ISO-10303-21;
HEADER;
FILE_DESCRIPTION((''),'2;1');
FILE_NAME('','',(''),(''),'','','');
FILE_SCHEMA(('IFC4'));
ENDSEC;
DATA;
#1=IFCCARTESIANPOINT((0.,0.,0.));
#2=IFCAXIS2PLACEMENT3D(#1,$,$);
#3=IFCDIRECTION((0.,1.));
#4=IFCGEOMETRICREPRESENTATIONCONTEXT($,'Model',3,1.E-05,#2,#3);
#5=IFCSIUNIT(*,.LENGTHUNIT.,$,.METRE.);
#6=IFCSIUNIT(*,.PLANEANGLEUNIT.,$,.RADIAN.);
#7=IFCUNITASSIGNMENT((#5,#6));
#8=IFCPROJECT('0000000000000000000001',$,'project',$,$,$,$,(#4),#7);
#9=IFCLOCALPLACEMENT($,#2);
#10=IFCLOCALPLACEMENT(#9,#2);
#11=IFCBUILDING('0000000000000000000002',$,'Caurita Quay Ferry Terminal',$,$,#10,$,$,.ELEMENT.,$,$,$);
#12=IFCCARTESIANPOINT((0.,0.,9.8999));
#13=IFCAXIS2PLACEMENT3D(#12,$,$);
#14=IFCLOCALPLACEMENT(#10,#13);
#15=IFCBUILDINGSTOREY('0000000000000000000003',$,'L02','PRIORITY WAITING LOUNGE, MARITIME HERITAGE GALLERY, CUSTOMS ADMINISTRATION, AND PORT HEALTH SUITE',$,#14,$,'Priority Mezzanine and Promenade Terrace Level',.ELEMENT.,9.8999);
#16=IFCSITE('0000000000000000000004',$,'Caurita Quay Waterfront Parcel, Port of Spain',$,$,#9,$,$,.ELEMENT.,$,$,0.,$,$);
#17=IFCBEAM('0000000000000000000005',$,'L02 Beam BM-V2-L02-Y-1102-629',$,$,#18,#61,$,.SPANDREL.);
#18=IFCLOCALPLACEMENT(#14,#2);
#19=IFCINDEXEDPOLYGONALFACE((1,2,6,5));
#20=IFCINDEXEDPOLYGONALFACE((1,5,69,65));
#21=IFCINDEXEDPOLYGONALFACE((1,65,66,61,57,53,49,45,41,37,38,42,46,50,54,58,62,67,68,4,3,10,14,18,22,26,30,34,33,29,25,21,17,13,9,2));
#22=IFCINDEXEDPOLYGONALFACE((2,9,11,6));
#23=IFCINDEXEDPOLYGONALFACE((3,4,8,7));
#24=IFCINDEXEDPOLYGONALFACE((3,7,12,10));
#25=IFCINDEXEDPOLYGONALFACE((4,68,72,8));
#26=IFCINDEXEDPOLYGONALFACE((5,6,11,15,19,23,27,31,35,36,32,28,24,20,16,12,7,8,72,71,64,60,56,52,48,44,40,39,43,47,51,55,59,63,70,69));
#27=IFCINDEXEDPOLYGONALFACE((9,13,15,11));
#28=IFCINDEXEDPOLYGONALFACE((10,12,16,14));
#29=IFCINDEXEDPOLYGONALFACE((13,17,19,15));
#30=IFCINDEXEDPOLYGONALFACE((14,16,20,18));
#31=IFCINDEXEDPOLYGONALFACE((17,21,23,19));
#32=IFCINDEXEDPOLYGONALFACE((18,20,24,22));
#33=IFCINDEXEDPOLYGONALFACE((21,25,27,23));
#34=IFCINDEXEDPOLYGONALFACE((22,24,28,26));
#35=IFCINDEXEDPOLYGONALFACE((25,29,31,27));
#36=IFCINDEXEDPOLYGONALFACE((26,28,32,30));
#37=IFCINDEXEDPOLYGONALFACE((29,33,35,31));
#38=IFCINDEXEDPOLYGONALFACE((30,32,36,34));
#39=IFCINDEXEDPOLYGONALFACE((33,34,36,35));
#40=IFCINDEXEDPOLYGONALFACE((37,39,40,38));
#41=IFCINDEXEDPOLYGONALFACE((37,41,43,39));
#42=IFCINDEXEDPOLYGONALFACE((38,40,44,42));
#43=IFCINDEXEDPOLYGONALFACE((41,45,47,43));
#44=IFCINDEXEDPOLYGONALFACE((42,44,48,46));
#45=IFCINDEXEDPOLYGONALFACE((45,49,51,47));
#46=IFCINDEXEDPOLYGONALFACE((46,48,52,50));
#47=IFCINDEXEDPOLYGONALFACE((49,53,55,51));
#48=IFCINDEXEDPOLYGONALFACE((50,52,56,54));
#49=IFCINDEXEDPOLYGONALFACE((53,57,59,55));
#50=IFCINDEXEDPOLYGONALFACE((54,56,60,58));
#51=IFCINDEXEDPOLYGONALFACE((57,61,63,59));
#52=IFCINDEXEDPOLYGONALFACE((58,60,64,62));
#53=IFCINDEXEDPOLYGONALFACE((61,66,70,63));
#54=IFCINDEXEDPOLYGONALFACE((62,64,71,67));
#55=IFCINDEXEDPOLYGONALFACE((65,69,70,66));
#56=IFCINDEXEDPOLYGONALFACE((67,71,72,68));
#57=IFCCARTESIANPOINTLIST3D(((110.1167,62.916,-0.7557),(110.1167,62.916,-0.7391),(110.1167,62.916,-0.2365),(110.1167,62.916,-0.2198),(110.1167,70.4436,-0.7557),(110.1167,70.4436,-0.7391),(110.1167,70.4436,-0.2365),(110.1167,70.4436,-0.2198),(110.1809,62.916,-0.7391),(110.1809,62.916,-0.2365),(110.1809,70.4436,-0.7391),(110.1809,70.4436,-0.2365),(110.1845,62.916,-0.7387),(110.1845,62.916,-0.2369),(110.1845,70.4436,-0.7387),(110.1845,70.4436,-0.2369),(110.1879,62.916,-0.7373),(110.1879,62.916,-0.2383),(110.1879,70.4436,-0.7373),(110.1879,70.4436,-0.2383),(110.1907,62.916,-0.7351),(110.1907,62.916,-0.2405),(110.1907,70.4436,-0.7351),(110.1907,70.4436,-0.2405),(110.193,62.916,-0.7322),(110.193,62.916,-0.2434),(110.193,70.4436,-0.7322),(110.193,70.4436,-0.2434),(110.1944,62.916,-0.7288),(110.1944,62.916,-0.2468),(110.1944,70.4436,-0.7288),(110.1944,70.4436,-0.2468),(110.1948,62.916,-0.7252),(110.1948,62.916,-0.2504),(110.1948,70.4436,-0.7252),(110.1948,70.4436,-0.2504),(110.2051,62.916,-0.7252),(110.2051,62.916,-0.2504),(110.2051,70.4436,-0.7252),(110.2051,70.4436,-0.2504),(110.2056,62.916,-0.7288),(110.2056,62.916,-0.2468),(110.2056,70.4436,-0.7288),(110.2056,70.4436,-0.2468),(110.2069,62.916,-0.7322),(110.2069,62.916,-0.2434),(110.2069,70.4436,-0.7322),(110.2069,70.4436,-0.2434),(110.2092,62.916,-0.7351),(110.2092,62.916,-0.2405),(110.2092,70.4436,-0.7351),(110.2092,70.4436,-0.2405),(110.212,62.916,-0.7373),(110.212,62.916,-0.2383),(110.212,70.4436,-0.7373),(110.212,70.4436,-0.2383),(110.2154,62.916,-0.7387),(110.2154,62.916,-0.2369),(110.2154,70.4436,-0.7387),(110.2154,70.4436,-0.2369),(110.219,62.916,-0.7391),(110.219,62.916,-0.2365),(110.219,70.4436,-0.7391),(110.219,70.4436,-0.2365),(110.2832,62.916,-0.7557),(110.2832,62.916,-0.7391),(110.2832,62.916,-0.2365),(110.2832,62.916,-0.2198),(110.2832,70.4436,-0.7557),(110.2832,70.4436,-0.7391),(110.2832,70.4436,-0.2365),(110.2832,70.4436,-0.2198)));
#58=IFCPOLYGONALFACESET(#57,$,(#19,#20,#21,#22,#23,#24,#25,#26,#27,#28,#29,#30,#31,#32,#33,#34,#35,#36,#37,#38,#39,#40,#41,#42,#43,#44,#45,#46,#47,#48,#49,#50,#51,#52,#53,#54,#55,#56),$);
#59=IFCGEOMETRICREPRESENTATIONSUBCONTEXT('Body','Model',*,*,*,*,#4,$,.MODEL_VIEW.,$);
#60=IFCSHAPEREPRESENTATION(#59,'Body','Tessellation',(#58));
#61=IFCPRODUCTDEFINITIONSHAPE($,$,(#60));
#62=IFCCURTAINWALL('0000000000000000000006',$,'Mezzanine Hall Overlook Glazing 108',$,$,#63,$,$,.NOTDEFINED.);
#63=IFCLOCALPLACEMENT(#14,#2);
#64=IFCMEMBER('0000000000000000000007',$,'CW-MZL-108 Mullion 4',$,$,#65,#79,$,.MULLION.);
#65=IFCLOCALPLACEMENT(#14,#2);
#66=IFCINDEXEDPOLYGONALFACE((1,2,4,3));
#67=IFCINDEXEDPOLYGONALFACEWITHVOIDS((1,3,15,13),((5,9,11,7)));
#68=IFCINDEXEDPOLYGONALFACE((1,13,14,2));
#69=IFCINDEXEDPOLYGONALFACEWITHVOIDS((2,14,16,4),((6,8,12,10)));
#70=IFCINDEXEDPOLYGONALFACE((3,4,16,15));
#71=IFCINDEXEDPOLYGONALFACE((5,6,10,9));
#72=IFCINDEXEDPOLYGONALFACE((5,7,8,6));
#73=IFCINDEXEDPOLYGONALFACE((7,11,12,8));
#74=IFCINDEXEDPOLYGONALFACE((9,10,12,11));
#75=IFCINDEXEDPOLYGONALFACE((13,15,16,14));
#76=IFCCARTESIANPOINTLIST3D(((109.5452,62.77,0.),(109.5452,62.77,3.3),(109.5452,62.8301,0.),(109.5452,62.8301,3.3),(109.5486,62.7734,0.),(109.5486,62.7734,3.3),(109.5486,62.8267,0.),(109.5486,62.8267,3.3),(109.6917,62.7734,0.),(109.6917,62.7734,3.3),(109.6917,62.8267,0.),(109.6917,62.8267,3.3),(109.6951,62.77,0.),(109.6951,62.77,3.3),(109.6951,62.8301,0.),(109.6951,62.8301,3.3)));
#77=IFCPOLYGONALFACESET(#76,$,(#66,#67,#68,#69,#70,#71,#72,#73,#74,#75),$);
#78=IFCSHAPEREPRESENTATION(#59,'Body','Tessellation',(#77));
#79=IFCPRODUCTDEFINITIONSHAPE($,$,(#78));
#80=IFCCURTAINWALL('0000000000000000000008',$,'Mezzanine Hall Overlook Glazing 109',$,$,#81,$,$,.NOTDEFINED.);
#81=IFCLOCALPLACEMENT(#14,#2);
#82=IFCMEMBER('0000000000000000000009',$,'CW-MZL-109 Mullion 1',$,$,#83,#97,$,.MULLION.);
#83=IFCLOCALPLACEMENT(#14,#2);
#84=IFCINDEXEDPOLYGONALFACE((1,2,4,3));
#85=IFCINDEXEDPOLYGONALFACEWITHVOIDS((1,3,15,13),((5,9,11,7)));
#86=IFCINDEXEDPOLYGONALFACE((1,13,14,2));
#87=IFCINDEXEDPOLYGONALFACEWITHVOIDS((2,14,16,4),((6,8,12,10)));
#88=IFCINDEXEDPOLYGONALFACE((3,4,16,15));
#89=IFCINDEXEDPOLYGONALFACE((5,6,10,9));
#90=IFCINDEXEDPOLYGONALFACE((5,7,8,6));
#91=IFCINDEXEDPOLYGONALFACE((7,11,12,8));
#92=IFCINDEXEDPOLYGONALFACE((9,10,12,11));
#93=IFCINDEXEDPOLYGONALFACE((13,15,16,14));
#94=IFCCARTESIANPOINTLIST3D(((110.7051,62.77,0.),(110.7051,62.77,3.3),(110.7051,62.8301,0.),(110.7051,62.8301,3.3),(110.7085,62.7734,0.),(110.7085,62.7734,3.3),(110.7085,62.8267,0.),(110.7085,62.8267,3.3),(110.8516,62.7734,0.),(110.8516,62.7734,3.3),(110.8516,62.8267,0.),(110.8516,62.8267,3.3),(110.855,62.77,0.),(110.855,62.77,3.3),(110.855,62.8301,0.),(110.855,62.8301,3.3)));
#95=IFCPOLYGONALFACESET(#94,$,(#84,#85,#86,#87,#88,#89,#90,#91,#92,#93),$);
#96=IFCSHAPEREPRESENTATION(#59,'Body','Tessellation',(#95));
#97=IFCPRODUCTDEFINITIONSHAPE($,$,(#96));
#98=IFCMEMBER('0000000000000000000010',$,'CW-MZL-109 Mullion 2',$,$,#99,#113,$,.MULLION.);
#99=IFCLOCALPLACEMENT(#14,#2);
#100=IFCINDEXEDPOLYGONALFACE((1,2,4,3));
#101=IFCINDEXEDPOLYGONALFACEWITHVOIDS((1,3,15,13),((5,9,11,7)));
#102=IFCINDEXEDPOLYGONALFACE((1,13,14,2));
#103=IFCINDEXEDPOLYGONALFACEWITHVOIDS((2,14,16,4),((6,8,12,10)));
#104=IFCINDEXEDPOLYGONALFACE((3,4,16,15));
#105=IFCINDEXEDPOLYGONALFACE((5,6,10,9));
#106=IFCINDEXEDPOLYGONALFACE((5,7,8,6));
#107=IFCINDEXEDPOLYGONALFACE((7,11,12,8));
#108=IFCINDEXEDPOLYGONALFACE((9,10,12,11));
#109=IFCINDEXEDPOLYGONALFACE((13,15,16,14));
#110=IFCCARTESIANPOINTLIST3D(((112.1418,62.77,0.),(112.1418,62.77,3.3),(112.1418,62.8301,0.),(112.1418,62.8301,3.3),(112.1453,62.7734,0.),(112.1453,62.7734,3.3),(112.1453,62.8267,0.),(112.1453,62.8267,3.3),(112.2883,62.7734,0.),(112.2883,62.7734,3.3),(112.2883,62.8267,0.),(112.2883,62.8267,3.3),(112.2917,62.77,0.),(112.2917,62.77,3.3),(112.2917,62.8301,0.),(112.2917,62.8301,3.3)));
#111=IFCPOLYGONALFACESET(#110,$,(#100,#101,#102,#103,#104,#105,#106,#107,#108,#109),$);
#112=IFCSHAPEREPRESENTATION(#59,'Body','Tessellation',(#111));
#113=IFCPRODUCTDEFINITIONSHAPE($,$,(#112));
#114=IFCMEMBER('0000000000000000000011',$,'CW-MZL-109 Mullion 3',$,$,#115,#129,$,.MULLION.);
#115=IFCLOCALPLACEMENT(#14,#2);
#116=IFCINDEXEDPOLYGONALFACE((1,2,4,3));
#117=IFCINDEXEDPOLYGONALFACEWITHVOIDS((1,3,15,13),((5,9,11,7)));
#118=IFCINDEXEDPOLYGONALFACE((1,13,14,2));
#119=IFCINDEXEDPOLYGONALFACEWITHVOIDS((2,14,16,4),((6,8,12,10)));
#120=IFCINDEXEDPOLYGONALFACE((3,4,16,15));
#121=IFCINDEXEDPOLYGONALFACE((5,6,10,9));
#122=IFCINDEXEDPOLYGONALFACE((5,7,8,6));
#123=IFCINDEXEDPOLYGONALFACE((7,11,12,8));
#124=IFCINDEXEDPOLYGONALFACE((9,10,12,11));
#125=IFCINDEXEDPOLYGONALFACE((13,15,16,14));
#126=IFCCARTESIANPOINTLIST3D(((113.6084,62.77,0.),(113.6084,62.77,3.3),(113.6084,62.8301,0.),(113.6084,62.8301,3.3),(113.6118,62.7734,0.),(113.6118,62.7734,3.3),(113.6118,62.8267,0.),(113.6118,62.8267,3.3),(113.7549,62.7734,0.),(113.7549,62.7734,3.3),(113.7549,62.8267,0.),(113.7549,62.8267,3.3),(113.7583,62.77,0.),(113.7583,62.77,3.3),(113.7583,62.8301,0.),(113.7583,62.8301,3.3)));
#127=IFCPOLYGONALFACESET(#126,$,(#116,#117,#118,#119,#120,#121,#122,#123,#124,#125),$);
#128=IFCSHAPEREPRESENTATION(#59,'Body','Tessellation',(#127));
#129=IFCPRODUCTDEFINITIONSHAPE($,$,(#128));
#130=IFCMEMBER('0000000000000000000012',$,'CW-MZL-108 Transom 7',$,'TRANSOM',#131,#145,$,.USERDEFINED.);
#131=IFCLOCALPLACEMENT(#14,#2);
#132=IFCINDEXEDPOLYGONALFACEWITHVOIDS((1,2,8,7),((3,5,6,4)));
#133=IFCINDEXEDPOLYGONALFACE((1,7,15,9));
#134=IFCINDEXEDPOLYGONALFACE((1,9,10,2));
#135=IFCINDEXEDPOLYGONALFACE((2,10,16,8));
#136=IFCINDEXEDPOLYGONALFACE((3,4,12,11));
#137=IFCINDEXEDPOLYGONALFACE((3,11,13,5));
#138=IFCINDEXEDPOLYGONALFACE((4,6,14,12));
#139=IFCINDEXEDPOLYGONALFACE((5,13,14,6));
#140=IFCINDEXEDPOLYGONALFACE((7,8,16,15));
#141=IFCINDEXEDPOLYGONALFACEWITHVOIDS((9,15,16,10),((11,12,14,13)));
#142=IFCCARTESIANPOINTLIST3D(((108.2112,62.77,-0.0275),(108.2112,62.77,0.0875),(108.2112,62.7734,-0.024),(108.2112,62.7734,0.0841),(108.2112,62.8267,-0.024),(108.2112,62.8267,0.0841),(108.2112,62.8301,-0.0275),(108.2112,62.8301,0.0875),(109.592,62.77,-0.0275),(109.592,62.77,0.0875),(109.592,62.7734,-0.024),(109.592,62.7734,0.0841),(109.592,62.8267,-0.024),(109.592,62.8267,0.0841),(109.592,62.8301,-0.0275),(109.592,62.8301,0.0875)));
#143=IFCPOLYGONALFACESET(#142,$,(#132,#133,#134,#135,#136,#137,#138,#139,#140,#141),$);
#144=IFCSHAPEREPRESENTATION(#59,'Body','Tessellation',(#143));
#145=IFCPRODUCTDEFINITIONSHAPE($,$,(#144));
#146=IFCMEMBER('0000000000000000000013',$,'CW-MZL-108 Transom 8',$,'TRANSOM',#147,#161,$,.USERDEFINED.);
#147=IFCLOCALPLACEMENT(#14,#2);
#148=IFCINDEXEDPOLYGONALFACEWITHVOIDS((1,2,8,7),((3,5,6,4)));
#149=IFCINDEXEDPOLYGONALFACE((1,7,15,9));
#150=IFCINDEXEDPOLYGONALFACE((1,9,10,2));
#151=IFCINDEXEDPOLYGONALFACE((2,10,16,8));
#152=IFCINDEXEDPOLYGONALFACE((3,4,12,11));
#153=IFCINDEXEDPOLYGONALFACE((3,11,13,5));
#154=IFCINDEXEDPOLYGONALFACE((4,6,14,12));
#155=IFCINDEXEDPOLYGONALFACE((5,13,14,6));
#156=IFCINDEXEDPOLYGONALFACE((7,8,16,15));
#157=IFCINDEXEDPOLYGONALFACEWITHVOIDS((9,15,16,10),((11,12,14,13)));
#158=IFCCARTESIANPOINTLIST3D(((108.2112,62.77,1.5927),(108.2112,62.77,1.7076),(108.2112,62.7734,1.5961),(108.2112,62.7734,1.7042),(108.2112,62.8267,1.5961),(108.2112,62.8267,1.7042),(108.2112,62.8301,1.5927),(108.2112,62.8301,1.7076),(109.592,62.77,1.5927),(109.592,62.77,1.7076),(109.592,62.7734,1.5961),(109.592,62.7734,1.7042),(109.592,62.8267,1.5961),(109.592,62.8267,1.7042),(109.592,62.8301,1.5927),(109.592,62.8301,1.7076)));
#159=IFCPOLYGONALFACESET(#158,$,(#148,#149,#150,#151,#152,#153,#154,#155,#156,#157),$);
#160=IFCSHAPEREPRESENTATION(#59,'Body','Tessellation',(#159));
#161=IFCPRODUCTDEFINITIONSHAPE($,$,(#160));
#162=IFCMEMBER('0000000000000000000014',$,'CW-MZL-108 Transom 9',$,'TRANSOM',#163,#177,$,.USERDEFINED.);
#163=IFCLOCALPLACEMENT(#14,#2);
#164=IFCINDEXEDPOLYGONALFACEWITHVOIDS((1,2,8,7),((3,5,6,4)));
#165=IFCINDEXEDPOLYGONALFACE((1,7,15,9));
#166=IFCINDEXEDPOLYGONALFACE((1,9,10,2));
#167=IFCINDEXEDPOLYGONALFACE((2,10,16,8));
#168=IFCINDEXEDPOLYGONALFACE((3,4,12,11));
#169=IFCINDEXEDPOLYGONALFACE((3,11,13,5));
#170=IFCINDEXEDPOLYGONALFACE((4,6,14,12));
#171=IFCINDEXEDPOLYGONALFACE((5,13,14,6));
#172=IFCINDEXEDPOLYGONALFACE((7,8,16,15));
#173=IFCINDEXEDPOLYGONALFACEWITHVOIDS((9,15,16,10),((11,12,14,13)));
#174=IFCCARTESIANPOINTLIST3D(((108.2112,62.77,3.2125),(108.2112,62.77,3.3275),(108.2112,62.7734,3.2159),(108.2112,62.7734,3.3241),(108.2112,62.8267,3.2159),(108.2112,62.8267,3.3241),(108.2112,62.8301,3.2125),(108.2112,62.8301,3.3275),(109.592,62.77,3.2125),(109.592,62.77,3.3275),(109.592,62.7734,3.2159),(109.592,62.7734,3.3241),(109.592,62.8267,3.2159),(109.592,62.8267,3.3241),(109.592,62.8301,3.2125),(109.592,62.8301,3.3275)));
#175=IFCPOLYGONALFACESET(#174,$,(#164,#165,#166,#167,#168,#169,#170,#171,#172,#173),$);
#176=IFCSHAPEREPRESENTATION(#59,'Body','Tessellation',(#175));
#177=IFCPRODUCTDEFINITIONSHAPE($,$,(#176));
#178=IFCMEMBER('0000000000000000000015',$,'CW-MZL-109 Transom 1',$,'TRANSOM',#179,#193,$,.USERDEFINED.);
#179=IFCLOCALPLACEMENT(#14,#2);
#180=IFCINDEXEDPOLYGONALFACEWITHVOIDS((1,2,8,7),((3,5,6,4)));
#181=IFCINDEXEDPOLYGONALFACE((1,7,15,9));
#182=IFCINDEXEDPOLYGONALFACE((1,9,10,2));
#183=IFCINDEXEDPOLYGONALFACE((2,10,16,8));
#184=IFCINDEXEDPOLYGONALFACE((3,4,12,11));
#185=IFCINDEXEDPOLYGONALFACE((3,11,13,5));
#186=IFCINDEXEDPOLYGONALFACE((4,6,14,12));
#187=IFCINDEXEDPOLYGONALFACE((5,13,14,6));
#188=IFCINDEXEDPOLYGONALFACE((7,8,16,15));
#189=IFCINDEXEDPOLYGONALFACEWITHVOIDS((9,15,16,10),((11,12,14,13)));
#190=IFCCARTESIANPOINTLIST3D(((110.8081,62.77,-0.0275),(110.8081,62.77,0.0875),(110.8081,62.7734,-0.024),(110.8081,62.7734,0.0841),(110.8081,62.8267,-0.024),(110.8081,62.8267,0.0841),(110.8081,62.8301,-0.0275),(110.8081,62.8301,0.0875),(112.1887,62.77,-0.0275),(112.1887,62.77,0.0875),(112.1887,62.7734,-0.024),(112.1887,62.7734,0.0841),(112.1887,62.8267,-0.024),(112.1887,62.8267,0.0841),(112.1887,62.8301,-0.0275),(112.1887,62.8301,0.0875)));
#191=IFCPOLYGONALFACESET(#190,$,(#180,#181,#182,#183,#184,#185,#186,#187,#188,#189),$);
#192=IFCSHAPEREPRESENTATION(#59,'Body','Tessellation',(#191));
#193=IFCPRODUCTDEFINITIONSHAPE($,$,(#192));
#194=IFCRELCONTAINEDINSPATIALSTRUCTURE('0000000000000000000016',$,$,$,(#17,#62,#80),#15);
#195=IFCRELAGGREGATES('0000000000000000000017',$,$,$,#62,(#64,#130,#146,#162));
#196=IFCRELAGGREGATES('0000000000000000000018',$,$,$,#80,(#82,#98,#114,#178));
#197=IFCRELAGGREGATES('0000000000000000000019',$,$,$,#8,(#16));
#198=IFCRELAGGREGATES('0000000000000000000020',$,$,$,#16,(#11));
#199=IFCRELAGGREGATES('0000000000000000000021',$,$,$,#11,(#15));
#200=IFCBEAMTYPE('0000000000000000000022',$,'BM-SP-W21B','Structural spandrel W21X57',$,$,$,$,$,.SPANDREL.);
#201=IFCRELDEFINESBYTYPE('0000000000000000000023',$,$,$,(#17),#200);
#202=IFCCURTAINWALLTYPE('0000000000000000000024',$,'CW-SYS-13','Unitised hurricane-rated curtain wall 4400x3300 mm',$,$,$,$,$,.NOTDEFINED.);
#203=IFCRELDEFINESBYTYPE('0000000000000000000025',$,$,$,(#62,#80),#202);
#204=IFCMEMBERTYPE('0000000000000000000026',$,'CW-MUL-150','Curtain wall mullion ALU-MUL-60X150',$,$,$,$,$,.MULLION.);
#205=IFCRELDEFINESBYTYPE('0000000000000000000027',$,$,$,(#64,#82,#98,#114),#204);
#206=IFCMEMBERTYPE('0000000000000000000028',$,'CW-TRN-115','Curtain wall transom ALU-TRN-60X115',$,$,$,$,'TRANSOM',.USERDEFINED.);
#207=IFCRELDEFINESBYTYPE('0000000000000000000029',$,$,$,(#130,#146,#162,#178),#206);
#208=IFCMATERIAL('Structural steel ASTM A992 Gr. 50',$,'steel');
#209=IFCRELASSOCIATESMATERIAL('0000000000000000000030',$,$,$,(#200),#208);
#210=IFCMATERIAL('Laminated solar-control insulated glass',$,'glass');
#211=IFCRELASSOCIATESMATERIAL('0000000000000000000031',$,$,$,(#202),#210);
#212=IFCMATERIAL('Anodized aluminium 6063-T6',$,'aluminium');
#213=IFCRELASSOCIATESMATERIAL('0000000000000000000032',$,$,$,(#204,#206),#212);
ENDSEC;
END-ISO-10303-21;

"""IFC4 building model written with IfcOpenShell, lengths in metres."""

from ifc_helpers import new_model, si_unit, direction, frame, origin, origin_2d, place, context, subcontext, project, spatial, hollow_rectangle, i_section, extrude, material, material_profile, profile_set, type_object, element, aggregate, save


model = new_model("IFC4")

# Units and contexts
model_context = context("Model", 3, precision=1e-05, world=origin(), true_north=direction((0.0, 1.0)))
body_context = subcontext(model_context, "Body", "Model", "MODEL_VIEW")
ifc_project = project(units=[si_unit("LENGTHUNIT", "METRE"), si_unit("PLANEANGLEUNIT", "RADIAN")], contexts=[model_context])

# Site, building, storey
site_placement = place(None, origin())
site = spatial("IfcSite", under=ifc_project, at=site_placement, Name="Caurita Quay Waterfront Parcel, Port of Spain", CompositionType="ELEMENT", RefElevation=0.0)
building_placement = place(site_placement, origin())
building = spatial("IfcBuilding", under=site, at=building_placement, Name="Caurita Quay Ferry Terminal", CompositionType="ELEMENT")
storey_placement = place(building_placement, frame((0.0, 0.0, 9.8999)))
storey = spatial("IfcBuildingStorey", under=building, at=storey_placement, Name="L02", Description="PRIORITY WAITING LOUNGE, MARITIME HERITAGE GALLERY, CUSTOMS ADMINISTRATION, AND PORT HEALTH SUITE", LongName="Priority Mezzanine and Promenade Terrace Level", CompositionType="ELEMENT", Elevation=9.8999)

# Beam
ifc_material_1 = material(Name="Structural steel ASTM A992 Gr. 50", Category="steel")
ifc_material_profile_1 = material_profile(ifc_material_1, i_section(OverallWidth=0.1665, OverallDepth=0.5359, WebThickness=0.0103, FlangeThickness=0.0166, FilletRadius=0.0139, at=origin_2d()), Name="W21X57")
ifc_profile_set_1 = profile_set([ifc_material_profile_1], Name="Structural steel ASTM A992 Gr. 50")
beam_type = type_object("IfcBeamType", Name="BM-SP-W21B", Description="Structural spandrel W21X57", PredefinedType="SPANDREL", material=ifc_profile_set_1)
beam_placement = place(storey_placement, frame((110.2, 62.916, -0.4878), z_axis=(0.0, 1.0, 0.0), x_axis=(-1.0, 0.0, 0.0)))
element("IfcBeam", 1, at=beam_placement, inside=storey, type_object=beam_type, Name="L02 Beam BM-V2-L02-Y-1102-629", PredefinedType="SPANDREL", context=body_context, shape_type="SweptSolid", body=[
    extrude(i_section(OverallWidth=0.1665, OverallDepth=0.5359, WebThickness=0.0103, FlangeThickness=0.0166, FilletRadius=0.0139, at=origin_2d()), origin(), (0.0, 0.0, 1.0), 7.5276),
])

# Curtain wall, member
ifc_material_2 = material(Name="Laminated solar-control insulated glass", Category="glass")
curtain_wall_type = type_object("IfcCurtainWallType", Name="CW-SYS-13", Description="Unitised hurricane-rated curtain wall 4400x3300 mm", PredefinedType="NOTDEFINED", material=ifc_material_2)
curtain_wall_1_placement = place(storey_placement, origin())
curtain_wall_1 = element("IfcCurtainWall", 2, at=curtain_wall_1_placement, inside=storey, type_object=curtain_wall_type, Name="Mezzanine Hall Overlook Glazing 108", PredefinedType="NOTDEFINED")
ifc_material_3 = material(Name="Anodized aluminium 6063-T6", Category="aluminium")
ifc_material_profile_2 = material_profile(ifc_material_3, hollow_rectangle(XDim=0.0601, YDim=0.1499, WallThickness=0.0034, at=origin_2d()), Name="ALU-MUL-60X150")
ifc_profile_set_2 = profile_set([ifc_material_profile_2], Name="Anodized aluminium 6063-T6")
member_type_1 = type_object("IfcMemberType", Name="CW-MUL-150", Description="Curtain wall mullion ALU-MUL-60X150", PredefinedType="MULLION", material=ifc_profile_set_2)
member_1_placement = place(storey_placement, frame((109.6201, 62.8, 0.0), z_axis=(0.0, 0.0, 1.0), x_axis=(0.0, 1.0, 0.0)))
member_1 = element("IfcMember", 3, at=member_1_placement, type_object=member_type_1, Name="CW-MZL-108 Mullion 4", PredefinedType="MULLION", context=body_context, shape_type="SweptSolid", body=[
    extrude(hollow_rectangle(XDim=0.0601, YDim=0.1499, WallThickness=0.0034, at=origin_2d()), origin(), (0.0, 0.0, 1.0), 3.3),
])

# Curtain wall, members
curtain_wall_2_placement = place(storey_placement, origin())
curtain_wall_2 = element("IfcCurtainWall", 4, at=curtain_wall_2_placement, inside=storey, type_object=curtain_wall_type, Name="Mezzanine Hall Overlook Glazing 109", PredefinedType="NOTDEFINED")
member_2_placement = place(storey_placement, frame((110.78, 62.8, 0.0), z_axis=(0.0, 0.0, 1.0), x_axis=(0.0, 1.0, 0.0)))
member_2 = element("IfcMember", 5, at=member_2_placement, type_object=member_type_1, Name="CW-MZL-109 Mullion 1", PredefinedType="MULLION", context=body_context, shape_type="SweptSolid", body=[
    extrude(hollow_rectangle(XDim=0.0601, YDim=0.1499, WallThickness=0.0034, at=origin_2d()), origin(), (0.0, 0.0, 1.0), 3.3),
])
member_3_placement = place(storey_placement, frame((112.2168, 62.8, 0.0), z_axis=(0.0, 0.0, 1.0), x_axis=(0.0, 1.0, 0.0)))
member_3 = element("IfcMember", 6, at=member_3_placement, type_object=member_type_1, Name="CW-MZL-109 Mullion 2", PredefinedType="MULLION", context=body_context, shape_type="SweptSolid", body=[
    extrude(hollow_rectangle(XDim=0.0601, YDim=0.1499, WallThickness=0.0034, at=origin_2d()), origin(), (0.0, 0.0, 1.0), 3.3),
])
member_4_placement = place(storey_placement, frame((113.6833, 62.8, 0.0), z_axis=(0.0, 0.0, 1.0), x_axis=(0.0, 1.0, 0.0)))
member_4 = element("IfcMember", 7, at=member_4_placement, type_object=member_type_1, Name="CW-MZL-109 Mullion 3", PredefinedType="MULLION", context=body_context, shape_type="SweptSolid", body=[
    extrude(hollow_rectangle(XDim=0.0601, YDim=0.1499, WallThickness=0.0034, at=origin_2d()), origin(), (0.0, 0.0, 1.0), 3.3),
])

# Members
ifc_material_profile_3 = material_profile(ifc_material_3, hollow_rectangle(XDim=0.0601, YDim=0.115, WallThickness=0.0034, at=origin_2d()), Name="ALU-TRN-60X115")
ifc_profile_set_3 = profile_set([ifc_material_profile_3], Name="Anodized aluminium 6063-T6")
member_type_2 = type_object("IfcMemberType", Name="CW-TRN-115", Description="Curtain wall transom ALU-TRN-60X115", ElementType="TRANSOM", PredefinedType="USERDEFINED", material=ifc_profile_set_3)
member_5_placement = place(storey_placement, frame((108.2112, 62.8, 0.03), z_axis=(1.0, 0.0, 0.0), x_axis=(0.0, 1.0, 0.0)))
member_5 = element("IfcMember", 8, at=member_5_placement, type_object=member_type_2, Name="CW-MZL-108 Transom 7", ObjectType="TRANSOM", PredefinedType="USERDEFINED", context=body_context, shape_type="SweptSolid", body=[
    extrude(hollow_rectangle(XDim=0.0601, YDim=0.115, WallThickness=0.0034, at=origin_2d()), origin(), (0.0, 0.0, 1.0), 1.3809),
])
member_6_placement = place(storey_placement, frame((108.2112, 62.8, 1.6501), z_axis=(1.0, 0.0, 0.0), x_axis=(0.0, 1.0, 0.0)))
member_6 = element("IfcMember", 9, at=member_6_placement, type_object=member_type_2, Name="CW-MZL-108 Transom 8", ObjectType="TRANSOM", PredefinedType="USERDEFINED", context=body_context, shape_type="SweptSolid", body=[
    extrude(hollow_rectangle(XDim=0.0601, YDim=0.115, WallThickness=0.0034, at=origin_2d()), origin(), (0.0, 0.0, 1.0), 1.3809),
])
member_7_placement = place(storey_placement, frame((108.2112, 62.8, 3.27), z_axis=(1.0, 0.0, 0.0), x_axis=(0.0, 1.0, 0.0)))
member_7 = element("IfcMember", 10, at=member_7_placement, type_object=member_type_2, Name="CW-MZL-108 Transom 9", ObjectType="TRANSOM", PredefinedType="USERDEFINED", context=body_context, shape_type="SweptSolid", body=[
    extrude(hollow_rectangle(XDim=0.0601, YDim=0.115, WallThickness=0.0034, at=origin_2d()), origin(), (0.0, 0.0, 1.0), 1.3809),
])
member_8_placement = place(storey_placement, frame((110.8081, 62.8, 0.03), z_axis=(1.0, 0.0, 0.0), x_axis=(0.0, 1.0, 0.0)))
member_8 = element("IfcMember", 11, at=member_8_placement, type_object=member_type_2, Name="CW-MZL-109 Transom 1", ObjectType="TRANSOM", PredefinedType="USERDEFINED", context=body_context, shape_type="SweptSolid", body=[
    extrude(hollow_rectangle(XDim=0.0601, YDim=0.115, WallThickness=0.0034, at=origin_2d()), origin(), (0.0, 0.0, 1.0), 1.3806),
])

aggregate(curtain_wall_1, [member_1, member_5, member_6, member_7])
aggregate(curtain_wall_2, [member_2, member_3, member_4, member_8])

save(model, "model.ifc")
